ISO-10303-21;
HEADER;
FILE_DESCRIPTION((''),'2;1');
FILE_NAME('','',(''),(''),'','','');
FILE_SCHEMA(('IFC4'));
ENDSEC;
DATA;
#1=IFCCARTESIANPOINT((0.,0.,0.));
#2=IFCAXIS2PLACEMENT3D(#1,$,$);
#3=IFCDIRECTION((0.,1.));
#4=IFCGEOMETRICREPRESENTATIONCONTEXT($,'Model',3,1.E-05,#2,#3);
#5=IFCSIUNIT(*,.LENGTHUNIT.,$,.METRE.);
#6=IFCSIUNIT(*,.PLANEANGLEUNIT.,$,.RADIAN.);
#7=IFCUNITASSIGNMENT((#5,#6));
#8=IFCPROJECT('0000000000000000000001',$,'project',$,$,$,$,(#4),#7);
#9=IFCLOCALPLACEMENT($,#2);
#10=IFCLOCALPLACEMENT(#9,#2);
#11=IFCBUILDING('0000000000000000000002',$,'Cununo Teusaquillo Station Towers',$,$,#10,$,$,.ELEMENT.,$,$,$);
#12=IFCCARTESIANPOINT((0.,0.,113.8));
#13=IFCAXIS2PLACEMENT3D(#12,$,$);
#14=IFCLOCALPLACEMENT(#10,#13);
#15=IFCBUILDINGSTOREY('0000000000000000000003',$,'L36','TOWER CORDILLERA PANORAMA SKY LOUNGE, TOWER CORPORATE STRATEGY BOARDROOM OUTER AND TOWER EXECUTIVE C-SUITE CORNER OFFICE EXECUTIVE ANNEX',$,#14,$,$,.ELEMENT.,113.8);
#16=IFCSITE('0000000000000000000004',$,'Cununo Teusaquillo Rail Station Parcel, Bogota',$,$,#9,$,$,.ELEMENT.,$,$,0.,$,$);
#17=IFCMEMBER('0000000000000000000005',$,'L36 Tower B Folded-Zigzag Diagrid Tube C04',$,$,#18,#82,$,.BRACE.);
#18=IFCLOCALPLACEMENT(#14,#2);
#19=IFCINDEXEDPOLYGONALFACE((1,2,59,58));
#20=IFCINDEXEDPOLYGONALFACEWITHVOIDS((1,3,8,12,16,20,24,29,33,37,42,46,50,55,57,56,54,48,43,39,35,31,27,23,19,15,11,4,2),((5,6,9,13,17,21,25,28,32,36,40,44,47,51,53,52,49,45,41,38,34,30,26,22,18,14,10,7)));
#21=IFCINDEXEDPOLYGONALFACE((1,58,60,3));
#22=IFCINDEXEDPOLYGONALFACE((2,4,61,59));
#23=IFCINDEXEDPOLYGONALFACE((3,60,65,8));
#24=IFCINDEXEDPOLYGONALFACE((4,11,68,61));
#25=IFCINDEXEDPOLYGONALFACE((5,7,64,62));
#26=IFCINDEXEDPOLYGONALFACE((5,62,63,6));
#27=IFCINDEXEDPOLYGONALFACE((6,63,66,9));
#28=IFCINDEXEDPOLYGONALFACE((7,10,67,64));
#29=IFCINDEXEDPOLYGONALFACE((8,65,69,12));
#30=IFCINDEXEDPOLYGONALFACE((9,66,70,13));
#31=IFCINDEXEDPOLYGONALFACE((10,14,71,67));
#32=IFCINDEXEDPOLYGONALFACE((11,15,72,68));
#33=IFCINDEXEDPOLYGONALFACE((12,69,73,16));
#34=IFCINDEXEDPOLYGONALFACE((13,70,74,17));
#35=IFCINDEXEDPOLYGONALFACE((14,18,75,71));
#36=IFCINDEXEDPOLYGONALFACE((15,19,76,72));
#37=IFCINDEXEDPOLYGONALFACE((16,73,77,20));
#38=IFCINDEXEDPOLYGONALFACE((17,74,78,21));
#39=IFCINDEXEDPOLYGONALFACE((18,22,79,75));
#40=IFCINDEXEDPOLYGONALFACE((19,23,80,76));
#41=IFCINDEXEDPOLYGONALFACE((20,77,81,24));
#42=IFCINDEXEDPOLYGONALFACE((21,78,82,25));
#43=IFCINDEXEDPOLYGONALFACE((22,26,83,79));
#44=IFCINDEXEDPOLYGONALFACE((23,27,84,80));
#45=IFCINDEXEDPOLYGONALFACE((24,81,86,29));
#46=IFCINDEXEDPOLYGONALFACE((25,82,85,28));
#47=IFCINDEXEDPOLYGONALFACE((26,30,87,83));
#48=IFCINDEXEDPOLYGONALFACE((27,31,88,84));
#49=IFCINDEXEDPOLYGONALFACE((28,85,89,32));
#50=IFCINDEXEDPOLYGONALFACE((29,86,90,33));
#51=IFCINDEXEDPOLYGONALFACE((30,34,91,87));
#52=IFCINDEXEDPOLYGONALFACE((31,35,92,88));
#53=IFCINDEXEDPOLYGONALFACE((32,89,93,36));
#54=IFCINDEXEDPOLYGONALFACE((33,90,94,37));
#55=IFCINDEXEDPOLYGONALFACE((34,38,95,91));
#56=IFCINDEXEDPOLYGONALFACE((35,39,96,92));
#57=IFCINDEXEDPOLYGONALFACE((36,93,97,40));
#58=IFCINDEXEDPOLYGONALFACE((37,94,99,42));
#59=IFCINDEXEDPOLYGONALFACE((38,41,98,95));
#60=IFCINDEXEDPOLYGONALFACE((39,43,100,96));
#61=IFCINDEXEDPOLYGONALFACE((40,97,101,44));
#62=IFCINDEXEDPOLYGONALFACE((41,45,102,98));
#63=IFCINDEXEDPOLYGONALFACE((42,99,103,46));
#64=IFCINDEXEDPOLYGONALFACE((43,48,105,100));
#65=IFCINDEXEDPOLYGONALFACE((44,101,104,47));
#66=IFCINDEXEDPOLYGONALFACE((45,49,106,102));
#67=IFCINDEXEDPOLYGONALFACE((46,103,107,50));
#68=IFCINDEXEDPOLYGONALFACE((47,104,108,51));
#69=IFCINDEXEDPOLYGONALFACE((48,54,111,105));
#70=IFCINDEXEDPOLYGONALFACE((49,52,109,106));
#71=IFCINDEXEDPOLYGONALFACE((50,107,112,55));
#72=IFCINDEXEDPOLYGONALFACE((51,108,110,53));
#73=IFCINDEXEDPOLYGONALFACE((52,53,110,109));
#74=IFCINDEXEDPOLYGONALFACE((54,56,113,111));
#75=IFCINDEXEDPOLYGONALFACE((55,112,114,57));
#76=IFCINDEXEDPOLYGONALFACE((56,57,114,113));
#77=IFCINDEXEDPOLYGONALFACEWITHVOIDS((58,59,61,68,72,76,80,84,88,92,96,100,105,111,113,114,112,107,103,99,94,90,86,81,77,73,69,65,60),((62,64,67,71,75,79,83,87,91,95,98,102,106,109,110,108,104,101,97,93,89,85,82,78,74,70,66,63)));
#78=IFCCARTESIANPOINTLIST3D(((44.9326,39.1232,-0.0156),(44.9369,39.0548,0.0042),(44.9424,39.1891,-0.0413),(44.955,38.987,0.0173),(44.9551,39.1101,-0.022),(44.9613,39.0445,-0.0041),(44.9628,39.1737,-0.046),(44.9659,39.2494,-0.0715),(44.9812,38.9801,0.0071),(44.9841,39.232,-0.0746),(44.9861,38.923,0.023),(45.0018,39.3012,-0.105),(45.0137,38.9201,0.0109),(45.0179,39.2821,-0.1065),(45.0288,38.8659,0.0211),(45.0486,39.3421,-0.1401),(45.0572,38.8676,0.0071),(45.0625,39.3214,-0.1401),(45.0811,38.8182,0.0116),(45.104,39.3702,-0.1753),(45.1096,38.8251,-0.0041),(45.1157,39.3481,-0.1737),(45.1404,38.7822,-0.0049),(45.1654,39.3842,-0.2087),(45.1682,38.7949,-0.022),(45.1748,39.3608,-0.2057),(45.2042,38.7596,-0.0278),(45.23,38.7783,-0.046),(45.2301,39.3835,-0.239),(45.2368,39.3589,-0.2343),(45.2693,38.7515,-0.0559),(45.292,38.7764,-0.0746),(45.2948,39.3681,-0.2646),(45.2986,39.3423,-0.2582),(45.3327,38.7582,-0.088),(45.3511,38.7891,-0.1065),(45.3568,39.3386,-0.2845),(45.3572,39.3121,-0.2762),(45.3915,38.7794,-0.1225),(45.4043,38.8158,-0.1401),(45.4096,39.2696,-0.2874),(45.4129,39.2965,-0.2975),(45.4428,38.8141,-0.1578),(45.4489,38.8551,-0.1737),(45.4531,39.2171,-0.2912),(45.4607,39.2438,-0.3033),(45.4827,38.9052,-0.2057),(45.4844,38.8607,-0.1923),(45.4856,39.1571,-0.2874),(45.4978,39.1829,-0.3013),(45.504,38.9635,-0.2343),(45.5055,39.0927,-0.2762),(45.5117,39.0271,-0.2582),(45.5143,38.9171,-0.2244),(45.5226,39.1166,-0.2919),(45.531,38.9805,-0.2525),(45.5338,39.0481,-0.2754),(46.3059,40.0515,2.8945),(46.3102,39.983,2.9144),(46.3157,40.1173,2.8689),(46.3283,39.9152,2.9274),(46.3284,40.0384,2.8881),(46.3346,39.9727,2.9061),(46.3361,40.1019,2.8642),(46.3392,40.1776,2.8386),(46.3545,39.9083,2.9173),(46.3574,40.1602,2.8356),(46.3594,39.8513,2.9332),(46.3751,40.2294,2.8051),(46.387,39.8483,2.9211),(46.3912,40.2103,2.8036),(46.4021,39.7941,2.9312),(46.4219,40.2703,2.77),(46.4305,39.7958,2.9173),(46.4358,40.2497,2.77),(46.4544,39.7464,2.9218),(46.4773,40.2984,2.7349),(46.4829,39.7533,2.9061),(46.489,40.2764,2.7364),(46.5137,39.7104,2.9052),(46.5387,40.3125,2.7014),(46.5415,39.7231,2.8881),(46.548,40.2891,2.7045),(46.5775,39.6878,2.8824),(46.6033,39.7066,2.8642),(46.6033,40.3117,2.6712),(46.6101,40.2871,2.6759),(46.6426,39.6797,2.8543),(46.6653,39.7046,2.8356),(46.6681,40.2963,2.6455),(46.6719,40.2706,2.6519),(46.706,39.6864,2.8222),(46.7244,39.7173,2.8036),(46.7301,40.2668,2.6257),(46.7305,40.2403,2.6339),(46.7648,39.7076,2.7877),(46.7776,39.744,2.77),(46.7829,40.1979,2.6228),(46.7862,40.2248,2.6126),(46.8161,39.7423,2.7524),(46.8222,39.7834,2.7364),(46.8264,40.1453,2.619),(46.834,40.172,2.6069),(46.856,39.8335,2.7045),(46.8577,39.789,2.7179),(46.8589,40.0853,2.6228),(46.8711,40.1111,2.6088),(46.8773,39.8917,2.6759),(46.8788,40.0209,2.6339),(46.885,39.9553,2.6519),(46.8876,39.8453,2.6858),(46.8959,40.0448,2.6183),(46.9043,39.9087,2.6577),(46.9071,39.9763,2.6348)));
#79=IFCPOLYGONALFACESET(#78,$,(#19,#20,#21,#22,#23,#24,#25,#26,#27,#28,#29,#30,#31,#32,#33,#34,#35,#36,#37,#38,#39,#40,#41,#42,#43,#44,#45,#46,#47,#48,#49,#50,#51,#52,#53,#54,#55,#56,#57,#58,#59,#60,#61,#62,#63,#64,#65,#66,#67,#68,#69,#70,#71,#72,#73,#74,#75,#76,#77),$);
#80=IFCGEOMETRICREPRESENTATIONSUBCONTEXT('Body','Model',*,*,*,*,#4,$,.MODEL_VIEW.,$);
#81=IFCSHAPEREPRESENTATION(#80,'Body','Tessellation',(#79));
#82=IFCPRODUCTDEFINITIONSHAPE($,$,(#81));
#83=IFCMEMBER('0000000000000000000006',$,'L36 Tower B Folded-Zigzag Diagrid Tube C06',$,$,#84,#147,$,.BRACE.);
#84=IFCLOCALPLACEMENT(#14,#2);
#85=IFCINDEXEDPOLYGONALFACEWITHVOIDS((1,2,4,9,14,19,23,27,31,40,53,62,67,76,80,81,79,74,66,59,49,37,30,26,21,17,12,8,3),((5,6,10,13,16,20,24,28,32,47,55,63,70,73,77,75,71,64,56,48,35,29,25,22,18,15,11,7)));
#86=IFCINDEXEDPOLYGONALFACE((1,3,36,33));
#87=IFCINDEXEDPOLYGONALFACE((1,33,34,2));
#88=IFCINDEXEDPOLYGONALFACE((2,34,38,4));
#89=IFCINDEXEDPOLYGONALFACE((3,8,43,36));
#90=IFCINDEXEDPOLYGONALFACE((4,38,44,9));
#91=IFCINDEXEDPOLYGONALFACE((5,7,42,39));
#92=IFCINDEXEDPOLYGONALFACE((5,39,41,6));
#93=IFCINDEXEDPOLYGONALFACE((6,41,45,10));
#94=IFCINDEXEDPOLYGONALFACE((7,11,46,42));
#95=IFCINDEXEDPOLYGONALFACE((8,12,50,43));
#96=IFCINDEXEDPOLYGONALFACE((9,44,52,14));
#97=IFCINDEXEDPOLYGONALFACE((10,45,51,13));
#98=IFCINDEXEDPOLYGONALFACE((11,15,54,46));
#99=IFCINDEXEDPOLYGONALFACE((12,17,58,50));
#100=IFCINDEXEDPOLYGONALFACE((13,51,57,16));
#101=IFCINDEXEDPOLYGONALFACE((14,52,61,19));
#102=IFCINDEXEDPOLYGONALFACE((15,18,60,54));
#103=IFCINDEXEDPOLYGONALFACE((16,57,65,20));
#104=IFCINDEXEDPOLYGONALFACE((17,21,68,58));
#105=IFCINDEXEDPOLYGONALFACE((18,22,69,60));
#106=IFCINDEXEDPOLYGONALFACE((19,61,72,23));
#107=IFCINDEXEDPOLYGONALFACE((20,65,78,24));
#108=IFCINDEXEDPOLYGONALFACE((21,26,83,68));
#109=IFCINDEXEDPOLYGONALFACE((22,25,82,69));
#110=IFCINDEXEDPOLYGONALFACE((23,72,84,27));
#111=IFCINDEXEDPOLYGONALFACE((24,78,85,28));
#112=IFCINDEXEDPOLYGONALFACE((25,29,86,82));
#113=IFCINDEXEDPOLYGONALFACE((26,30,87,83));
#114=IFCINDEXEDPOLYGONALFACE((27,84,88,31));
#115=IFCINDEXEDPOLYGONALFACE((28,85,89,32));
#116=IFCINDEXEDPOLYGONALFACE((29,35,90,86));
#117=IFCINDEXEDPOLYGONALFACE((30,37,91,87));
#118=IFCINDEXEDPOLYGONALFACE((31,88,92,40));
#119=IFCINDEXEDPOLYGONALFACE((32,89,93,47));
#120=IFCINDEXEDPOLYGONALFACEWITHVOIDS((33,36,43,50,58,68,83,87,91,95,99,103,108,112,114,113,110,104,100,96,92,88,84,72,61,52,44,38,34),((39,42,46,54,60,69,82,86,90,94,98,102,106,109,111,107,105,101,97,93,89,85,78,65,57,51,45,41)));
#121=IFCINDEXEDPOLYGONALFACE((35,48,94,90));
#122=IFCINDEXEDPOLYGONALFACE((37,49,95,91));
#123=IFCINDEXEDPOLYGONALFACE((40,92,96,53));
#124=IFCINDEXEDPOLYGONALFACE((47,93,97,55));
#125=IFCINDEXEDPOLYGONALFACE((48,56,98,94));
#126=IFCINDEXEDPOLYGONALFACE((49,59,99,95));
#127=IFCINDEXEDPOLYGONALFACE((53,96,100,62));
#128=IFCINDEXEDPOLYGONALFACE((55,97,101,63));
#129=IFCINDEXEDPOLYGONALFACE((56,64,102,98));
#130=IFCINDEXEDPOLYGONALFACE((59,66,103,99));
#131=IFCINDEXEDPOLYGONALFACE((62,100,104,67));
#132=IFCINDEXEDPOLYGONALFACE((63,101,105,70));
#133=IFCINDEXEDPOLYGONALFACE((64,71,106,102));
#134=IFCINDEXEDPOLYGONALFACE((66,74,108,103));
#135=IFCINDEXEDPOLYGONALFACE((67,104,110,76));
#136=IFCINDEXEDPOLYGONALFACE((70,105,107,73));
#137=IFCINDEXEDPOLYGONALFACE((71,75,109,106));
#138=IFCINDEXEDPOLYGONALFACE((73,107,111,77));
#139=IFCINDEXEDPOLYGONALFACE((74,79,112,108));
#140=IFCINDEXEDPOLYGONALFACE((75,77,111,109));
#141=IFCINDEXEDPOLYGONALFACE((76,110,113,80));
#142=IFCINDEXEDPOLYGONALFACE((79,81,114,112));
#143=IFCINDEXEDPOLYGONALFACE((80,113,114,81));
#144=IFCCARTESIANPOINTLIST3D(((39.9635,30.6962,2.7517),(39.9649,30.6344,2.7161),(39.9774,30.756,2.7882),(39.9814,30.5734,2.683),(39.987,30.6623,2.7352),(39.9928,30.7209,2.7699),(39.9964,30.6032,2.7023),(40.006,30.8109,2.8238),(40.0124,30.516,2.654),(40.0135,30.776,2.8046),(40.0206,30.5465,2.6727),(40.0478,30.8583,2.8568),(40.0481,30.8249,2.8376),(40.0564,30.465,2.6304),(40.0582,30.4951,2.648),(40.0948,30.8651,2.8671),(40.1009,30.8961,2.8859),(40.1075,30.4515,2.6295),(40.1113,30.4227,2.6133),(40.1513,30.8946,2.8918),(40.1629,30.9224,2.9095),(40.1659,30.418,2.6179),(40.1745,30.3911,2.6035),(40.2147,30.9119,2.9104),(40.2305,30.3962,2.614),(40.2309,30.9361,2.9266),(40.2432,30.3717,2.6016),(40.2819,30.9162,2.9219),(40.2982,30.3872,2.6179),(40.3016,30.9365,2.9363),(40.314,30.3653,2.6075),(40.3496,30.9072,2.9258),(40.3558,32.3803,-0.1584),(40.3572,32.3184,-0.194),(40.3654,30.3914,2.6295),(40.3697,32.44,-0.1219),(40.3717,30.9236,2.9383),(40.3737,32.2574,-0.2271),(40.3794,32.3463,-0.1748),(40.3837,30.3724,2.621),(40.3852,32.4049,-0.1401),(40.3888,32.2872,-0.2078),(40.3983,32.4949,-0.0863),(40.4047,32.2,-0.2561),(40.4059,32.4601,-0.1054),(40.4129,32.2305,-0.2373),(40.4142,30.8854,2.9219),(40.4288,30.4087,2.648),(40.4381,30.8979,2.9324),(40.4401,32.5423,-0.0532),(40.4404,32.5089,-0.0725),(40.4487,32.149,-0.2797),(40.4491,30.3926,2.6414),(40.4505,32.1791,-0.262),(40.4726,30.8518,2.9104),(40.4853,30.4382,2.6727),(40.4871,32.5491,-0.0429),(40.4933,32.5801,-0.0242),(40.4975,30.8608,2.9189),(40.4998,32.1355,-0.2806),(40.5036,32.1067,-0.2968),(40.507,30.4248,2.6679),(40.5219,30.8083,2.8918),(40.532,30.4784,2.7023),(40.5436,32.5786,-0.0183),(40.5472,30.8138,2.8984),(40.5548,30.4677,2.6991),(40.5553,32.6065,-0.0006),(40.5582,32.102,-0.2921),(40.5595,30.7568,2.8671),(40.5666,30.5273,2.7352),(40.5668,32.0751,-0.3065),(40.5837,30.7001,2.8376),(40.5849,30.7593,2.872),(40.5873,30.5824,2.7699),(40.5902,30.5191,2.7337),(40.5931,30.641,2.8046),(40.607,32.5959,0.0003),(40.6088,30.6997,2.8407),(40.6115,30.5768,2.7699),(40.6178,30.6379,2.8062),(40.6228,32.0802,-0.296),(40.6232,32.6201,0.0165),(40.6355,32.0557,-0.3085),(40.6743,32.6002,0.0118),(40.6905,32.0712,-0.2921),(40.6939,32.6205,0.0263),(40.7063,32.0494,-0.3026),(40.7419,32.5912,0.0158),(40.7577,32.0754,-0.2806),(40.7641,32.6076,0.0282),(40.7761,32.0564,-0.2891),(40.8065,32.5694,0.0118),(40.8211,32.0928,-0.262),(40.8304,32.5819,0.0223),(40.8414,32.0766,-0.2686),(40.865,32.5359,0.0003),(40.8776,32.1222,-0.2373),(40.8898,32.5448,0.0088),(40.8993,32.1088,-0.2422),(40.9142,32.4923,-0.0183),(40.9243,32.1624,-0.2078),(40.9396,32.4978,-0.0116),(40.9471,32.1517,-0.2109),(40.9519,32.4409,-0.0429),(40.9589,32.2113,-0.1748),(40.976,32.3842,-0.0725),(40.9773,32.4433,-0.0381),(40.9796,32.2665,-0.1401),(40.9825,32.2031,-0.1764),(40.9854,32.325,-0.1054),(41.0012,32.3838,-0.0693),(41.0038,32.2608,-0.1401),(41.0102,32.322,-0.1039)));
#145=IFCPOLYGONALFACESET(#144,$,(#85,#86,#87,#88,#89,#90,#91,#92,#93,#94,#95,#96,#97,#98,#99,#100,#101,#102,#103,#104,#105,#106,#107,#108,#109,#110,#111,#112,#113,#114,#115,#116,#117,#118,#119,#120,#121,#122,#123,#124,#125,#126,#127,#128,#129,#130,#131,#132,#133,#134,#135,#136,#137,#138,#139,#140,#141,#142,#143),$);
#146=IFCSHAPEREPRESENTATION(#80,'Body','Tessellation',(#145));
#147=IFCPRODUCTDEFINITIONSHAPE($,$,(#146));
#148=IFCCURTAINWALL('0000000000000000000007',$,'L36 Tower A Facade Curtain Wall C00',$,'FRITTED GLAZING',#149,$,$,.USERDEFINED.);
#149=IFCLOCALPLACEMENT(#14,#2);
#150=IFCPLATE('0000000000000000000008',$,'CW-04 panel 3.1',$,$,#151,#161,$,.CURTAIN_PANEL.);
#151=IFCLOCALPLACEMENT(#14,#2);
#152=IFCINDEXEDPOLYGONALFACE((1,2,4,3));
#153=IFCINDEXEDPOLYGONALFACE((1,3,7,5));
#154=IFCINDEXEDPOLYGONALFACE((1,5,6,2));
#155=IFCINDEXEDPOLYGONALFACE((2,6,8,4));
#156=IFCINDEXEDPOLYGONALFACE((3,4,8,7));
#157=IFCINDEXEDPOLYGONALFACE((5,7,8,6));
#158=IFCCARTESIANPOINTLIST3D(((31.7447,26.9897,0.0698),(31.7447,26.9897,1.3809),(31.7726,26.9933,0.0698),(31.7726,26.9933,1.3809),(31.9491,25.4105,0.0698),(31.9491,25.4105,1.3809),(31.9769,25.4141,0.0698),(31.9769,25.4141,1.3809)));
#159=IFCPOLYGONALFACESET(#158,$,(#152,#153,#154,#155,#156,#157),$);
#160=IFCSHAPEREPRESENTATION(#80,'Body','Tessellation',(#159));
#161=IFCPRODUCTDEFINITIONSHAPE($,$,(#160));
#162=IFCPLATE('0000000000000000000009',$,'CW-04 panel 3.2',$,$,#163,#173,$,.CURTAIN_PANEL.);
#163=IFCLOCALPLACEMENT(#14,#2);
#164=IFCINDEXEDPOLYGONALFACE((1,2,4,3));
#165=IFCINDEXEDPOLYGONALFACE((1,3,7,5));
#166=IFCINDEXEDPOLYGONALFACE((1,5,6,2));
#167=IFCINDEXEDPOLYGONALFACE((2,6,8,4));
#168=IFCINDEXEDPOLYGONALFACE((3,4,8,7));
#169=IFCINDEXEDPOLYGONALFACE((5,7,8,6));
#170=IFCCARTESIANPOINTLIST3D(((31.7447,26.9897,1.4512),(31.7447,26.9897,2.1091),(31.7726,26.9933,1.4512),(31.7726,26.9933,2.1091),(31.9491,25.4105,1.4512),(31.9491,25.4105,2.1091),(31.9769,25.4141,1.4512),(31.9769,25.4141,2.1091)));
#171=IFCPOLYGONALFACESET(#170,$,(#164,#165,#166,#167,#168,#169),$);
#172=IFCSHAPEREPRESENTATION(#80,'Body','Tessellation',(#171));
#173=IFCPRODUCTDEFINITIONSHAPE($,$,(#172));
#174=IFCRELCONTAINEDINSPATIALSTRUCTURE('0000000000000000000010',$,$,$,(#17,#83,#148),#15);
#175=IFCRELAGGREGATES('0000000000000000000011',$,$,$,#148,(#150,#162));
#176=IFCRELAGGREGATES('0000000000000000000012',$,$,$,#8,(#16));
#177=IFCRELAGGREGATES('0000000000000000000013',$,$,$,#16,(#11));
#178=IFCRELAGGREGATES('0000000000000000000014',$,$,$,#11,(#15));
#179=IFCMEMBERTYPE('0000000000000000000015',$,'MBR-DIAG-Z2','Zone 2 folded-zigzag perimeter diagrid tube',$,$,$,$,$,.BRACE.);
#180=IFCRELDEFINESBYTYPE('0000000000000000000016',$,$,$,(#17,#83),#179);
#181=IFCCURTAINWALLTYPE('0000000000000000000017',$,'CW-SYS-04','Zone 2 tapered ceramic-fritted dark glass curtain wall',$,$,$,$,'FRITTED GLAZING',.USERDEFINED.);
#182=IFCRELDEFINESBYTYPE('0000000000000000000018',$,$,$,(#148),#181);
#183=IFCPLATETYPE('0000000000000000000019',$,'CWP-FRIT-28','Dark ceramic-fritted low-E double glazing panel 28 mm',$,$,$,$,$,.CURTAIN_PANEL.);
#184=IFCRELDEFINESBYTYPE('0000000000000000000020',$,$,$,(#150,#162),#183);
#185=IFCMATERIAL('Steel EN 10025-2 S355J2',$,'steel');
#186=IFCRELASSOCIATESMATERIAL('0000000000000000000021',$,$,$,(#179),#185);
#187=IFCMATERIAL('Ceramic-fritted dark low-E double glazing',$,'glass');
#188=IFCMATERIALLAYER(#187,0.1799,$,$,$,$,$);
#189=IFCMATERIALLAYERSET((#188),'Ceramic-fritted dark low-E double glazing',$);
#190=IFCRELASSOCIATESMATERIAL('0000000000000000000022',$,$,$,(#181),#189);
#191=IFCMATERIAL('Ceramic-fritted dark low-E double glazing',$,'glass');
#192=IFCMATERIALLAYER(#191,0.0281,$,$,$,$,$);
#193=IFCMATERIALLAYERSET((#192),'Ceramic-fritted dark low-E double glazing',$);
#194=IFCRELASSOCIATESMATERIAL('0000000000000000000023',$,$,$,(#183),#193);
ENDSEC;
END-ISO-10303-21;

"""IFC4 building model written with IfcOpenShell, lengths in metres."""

from ifc_helpers import new_model, si_unit, direction, frame, origin, origin_2d, place, context, subcontext, project, spatial, rectangle, hollow_circle, extrude, source, transform, mapped, material, layer, layer_set, material_profile, profile_set, type_object, element, aggregate, save


model = new_model("IFC4")

# Units and contexts
model_context = context("Model", 3, precision=1e-05, world=origin(), true_north=direction((0.0, 1.0)))
body_context = subcontext(model_context, "Body", "Model", "MODEL_VIEW")
ifc_project = project(units=[si_unit("LENGTHUNIT", "METRE"), si_unit("PLANEANGLEUNIT", "RADIAN")], contexts=[model_context])

# Site, building, storey
site_placement = place(None, origin())
site = spatial("IfcSite", under=ifc_project, at=site_placement, Name="Cununo Teusaquillo Rail Station Parcel, Bogota", CompositionType="ELEMENT", RefElevation=0.0)
building_placement = place(site_placement, origin())
building = spatial("IfcBuilding", under=site, at=building_placement, Name="Cununo Teusaquillo Station Towers", CompositionType="ELEMENT")
storey_placement = place(building_placement, frame((0.0, 0.0, 113.8)))
storey = spatial("IfcBuildingStorey", under=building, at=storey_placement, Name="L36", Description="TOWER CORDILLERA PANORAMA SKY LOUNGE, TOWER CORPORATE STRATEGY BOARDROOM OUTER AND TOWER EXECUTIVE C-SUITE CORNER OFFICE EXECUTIVE ANNEX", CompositionType="ELEMENT", Elevation=113.8)

# Members
ifc_material_1 = material(Name="Steel EN 10025-2 S355J2", Category="steel")
ifc_material_profile_1 = material_profile(ifc_material_1, hollow_circle(Radius=0.3301, WallThickness=0.0249, at=origin_2d()), Name="CHS 660x25")
ifc_profile_set_1 = profile_set([ifc_material_profile_1], Name="Steel EN 10025-2 S355J2")
member_type = type_object("IfcMemberType", Name="MBR-DIAG-Z2", Description="Zone 2 folded-zigzag perimeter diagrid tube", PredefinedType="BRACE", material=ifc_profile_set_1)
member_1_placement = place(storey_placement, frame((45.2334, 39.0686, -0.1401), z_axis=(0.410047, 0.277155, 0.868934), x_axis=(-0.559991, 0.828498, 0.0)))
element("IfcMember", 1, at=member_1_placement, inside=storey, type_object=member_type, Name="L36 Tower B Folded-Zigzag Diagrid Tube C04", PredefinedType="BRACE", context=body_context, shape_type="SweptSolid", body=[
    extrude(hollow_circle(Radius=0.3301, WallThickness=0.0249, at=origin_2d()), origin(), (0.0, 0.0, 1.0), 3.3491),
])
member_2_placement = place(storey_placement, frame((40.6824, 32.3357, -0.1401), z_axis=(-0.115899, -0.497495, 0.85969), x_axis=(0.97392, -0.22689, 0.0)))
element("IfcMember", 2, at=member_2_placement, inside=storey, type_object=member_type, Name="L36 Tower B Folded-Zigzag Diagrid Tube C06", PredefinedType="BRACE", context=body_context, shape_type="SweptSolid", body=[
    extrude(hollow_circle(Radius=0.3301, WallThickness=0.0249, at=origin_2d()), origin(), (0.0, 0.0, 1.0), 3.385),
])

# Curtain wall, plates
ifc_material_2 = material(Name="Ceramic-fritted dark low-E double glazing", Category="glass")
ifc_layer_1 = layer(ifc_material_2, 0.1799)
ifc_layer_set_1 = layer_set([ifc_layer_1], Name="Ceramic-fritted dark low-E double glazing")
curtain_wall_type = type_object("IfcCurtainWallType", Name="CW-SYS-04", Description="Zone 2 tapered ceramic-fritted dark glass curtain wall", ElementType="FRITTED GLAZING", PredefinedType="USERDEFINED", material=ifc_layer_set_1)
curtain_wall_placement = place(storey_placement, origin())
curtain_wall = element("IfcCurtainWall", 3, at=curtain_wall_placement, inside=storey, type_object=curtain_wall_type, Name="L36 Tower A Facade Curtain Wall C00", ObjectType="FRITTED GLAZING", PredefinedType="USERDEFINED")
ifc_material_3 = material(Name="Ceramic-fritted dark low-E double glazing", Category="glass")
ifc_layer_2 = layer(ifc_material_3, 0.0281)
ifc_layer_set_2 = layer_set([ifc_layer_2], Name="Ceramic-fritted dark low-E double glazing")
plate_type = type_object("IfcPlateType", Name="CWP-FRIT-28", Description="Dark ceramic-fritted low-E double glazing panel 28 mm", PredefinedType="CURTAIN_PANEL", material=ifc_layer_set_2)
shared_shape_1 = source(origin(), body_context, "Body", "SweptSolid", [
    extrude(rectangle(XDim=1.5923, YDim=0.0281, at=origin_2d()), origin(), (0.0, 0.0, 1.0), 1.311),
])
plate_1_placement = place(storey_placement, frame((31.8608, 26.2019, 0.0698), z_axis=(0.0, 0.0, 1.0), x_axis=(0.128336, -0.991731, 0.0)))
plate_1 = element("IfcPlate", 4, at=plate_1_placement, type_object=plate_type, Name="CW-04 panel 3.1", PredefinedType="CURTAIN_PANEL", context=body_context, shape_type="MappedRepresentation", body=[
    mapped(shared_shape_1, transform((0.0, 0.0, 0.0), x_axis=(1.0, 0.0, 0.0), y_axis=(0.0, 1.0, 0.0), z_axis=(0.0, 0.0, 1.0), scale=1.0)),
])
shared_shape_2 = source(origin(), body_context, "Body", "SweptSolid", [
    extrude(rectangle(XDim=1.5923, YDim=0.0281, at=origin_2d()), origin(), (0.0, 0.0, 1.0), 0.658),
])
plate_2_placement = place(storey_placement, frame((31.8608, 26.2019, 1.4512), z_axis=(0.0, 0.0, 1.0), x_axis=(0.128336, -0.991731, 0.0)))
plate_2 = element("IfcPlate", 5, at=plate_2_placement, type_object=plate_type, Name="CW-04 panel 3.2", PredefinedType="CURTAIN_PANEL", context=body_context, shape_type="MappedRepresentation", body=[
    mapped(shared_shape_2, transform((0.0, 0.0, 0.0), x_axis=(1.0, 0.0, 0.0), y_axis=(0.0, 1.0, 0.0), z_axis=(0.0, 0.0, 1.0), scale=1.0)),
])
aggregate(curtain_wall, [plate_1, plate_2])

save(model, "model.ifc")
